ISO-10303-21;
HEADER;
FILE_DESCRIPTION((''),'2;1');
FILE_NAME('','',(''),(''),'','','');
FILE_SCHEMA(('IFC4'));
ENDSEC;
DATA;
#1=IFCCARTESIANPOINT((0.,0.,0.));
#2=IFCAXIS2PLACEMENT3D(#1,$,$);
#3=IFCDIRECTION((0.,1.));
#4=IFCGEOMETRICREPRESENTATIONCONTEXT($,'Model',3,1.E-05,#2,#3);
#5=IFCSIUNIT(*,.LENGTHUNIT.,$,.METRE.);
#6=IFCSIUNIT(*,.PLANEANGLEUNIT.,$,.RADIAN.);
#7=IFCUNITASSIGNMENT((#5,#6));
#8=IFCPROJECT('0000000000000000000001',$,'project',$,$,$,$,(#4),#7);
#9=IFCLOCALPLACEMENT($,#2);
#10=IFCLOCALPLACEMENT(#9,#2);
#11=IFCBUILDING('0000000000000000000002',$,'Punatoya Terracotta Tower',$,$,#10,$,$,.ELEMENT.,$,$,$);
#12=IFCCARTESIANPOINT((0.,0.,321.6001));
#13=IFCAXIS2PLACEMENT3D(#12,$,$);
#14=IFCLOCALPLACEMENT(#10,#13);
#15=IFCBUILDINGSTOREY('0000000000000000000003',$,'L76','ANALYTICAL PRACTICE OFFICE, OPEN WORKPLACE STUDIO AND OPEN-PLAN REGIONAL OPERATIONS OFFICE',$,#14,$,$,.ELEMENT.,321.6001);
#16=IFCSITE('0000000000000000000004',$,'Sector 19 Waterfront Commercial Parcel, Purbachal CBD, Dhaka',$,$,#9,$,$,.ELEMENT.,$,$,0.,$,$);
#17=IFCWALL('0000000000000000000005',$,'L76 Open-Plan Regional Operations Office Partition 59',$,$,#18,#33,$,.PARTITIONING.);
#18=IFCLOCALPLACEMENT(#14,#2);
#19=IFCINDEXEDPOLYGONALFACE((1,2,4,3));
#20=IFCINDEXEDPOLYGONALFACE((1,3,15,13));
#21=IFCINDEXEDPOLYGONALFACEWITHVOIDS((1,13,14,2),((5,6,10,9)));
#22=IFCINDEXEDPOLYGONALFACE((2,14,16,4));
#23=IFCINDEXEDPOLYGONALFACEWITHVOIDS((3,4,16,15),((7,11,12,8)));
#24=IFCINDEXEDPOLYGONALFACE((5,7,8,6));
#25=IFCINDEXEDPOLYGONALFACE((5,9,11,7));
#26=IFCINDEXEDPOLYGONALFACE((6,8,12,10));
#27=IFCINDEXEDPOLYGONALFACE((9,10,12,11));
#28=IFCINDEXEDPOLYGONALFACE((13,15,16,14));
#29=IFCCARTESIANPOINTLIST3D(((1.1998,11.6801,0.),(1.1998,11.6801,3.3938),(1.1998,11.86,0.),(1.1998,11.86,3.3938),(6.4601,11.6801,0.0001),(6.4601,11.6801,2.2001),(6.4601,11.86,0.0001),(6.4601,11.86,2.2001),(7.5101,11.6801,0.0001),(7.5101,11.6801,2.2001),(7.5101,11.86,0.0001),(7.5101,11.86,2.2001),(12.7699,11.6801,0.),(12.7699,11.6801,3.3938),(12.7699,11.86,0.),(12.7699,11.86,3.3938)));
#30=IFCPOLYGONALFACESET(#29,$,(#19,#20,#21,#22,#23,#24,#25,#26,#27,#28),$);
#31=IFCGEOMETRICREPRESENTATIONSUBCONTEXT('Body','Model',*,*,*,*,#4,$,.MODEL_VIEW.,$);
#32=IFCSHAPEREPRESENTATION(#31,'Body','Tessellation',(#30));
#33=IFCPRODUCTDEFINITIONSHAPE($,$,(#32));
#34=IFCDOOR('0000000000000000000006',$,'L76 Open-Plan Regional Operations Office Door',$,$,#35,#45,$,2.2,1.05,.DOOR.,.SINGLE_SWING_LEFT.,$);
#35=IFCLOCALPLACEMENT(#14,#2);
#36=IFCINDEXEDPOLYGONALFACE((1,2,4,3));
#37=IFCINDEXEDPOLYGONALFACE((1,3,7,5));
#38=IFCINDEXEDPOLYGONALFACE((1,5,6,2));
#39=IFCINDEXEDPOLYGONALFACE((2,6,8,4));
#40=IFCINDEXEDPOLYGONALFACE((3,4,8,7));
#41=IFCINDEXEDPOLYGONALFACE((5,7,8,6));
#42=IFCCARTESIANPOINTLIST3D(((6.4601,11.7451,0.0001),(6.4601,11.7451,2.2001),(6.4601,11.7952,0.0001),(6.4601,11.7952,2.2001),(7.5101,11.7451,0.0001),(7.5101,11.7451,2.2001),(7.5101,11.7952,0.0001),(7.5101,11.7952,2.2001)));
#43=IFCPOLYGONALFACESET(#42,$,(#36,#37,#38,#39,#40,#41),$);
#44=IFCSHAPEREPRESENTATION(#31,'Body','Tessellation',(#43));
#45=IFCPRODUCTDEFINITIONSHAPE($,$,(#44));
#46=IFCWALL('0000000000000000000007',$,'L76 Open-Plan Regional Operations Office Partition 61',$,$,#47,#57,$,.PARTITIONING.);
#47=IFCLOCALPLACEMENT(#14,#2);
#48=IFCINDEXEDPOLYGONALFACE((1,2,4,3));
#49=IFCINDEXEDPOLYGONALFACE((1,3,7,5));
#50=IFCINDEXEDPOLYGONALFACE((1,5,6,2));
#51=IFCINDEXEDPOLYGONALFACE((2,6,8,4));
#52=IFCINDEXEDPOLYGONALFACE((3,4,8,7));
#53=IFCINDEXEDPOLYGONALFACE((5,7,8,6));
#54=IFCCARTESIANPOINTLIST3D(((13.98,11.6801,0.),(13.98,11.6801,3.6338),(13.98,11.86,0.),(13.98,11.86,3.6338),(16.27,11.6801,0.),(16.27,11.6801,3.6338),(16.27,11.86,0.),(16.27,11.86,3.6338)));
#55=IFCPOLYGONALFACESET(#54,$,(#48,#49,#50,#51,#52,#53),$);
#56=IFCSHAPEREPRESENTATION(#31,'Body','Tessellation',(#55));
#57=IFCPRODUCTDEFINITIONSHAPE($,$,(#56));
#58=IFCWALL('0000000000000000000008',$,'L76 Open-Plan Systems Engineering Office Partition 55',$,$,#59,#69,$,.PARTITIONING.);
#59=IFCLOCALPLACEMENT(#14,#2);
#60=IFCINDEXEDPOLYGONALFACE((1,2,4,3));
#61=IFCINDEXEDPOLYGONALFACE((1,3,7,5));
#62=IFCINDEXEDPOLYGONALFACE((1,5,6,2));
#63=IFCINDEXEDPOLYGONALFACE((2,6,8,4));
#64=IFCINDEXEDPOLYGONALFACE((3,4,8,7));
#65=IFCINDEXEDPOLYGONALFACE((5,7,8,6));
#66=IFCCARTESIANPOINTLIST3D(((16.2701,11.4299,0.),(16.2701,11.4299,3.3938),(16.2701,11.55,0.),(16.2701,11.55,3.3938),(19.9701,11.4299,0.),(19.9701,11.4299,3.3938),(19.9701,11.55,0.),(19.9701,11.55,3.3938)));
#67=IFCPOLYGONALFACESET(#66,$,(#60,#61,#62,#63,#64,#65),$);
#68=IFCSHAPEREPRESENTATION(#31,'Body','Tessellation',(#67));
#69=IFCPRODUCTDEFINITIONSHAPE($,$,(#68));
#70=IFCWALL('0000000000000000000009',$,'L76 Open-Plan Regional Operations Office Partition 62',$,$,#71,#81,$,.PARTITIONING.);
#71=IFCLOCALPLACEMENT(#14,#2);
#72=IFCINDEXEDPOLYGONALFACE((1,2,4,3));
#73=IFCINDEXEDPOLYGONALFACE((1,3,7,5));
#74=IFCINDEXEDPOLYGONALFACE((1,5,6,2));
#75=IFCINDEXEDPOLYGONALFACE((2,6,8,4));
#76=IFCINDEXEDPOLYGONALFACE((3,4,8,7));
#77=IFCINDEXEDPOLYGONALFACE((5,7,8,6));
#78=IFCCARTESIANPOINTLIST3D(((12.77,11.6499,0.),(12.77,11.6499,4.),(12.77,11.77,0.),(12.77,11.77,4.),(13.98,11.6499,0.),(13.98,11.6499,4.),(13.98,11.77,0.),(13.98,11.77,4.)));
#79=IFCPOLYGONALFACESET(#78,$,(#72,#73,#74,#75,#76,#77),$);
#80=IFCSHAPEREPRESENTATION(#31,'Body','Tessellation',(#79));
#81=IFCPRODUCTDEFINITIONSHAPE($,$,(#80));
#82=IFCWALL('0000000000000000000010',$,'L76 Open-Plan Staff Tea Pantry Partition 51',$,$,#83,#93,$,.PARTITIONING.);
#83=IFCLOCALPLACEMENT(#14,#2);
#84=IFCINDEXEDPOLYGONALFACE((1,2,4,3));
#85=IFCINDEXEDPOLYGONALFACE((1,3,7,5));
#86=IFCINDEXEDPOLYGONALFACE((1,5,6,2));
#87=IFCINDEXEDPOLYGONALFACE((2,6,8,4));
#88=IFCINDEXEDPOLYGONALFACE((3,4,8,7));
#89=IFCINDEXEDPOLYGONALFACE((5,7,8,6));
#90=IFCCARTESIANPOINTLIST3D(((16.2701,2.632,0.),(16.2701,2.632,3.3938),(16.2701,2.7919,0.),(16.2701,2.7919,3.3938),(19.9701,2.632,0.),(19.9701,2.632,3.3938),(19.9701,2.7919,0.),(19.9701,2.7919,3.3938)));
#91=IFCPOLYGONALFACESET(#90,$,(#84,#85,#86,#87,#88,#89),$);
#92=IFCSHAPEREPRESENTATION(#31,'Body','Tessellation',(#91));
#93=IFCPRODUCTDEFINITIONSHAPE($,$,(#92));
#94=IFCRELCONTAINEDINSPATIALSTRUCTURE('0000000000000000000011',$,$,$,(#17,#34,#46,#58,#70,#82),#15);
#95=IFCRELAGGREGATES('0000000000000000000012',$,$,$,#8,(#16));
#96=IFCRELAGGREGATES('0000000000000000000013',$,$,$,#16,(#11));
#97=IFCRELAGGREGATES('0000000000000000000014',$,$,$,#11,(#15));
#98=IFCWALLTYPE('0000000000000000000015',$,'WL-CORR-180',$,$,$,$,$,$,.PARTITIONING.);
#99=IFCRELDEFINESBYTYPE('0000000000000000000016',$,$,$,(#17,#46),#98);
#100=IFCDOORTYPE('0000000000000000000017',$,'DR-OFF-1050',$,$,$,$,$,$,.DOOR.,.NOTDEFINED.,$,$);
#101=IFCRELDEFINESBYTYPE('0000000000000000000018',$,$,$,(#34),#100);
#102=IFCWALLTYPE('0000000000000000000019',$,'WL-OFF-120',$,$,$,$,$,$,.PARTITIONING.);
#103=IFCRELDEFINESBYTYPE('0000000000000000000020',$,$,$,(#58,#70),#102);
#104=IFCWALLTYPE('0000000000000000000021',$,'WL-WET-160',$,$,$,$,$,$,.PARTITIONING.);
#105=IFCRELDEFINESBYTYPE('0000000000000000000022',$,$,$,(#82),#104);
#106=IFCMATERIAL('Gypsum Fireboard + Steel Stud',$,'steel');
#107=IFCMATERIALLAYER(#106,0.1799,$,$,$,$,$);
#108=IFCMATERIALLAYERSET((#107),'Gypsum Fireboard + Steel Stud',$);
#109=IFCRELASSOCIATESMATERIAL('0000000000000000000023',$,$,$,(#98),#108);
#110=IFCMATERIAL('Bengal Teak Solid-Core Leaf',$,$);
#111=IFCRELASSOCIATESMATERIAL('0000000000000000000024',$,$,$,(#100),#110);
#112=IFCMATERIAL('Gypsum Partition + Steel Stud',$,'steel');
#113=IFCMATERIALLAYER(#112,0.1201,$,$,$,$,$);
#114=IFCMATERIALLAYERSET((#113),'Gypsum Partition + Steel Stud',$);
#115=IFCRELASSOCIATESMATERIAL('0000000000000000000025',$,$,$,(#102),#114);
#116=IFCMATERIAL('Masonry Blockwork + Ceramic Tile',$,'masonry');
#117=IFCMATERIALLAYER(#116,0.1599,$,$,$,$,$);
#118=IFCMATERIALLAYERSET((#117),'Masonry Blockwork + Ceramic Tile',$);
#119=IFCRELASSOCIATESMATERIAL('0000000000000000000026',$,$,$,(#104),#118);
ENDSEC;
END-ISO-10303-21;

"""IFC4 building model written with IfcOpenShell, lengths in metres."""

from ifc_helpers import new_model, si_unit, direction, frame, frame_2d, origin, place, context, subcontext, project, spatial, rectangle, extrude, material, layer, layer_set, type_object, element, fill, save


model = new_model("IFC4")

# Units and contexts
model_context = context("Model", 3, precision=1e-05, world=origin(), true_north=direction((0.0, 1.0)))
body_context = subcontext(model_context, "Body", "Model", "MODEL_VIEW")
ifc_project = project(units=[si_unit("LENGTHUNIT", "METRE"), si_unit("PLANEANGLEUNIT", "RADIAN")], contexts=[model_context])

# Site, building, storey
site_placement = place(None, origin())
site = spatial("IfcSite", under=ifc_project, at=site_placement, Name="Sector 19 Waterfront Commercial Parcel, Purbachal CBD, Dhaka", CompositionType="ELEMENT", RefElevation=0.0)
building_placement = place(site_placement, origin())
building = spatial("IfcBuilding", under=site, at=building_placement, Name="Punatoya Terracotta Tower", CompositionType="ELEMENT")
storey_placement = place(building_placement, frame((0.0, 0.0, 321.6001)))
storey = spatial("IfcBuildingStorey", under=building, at=storey_placement, Name="L76", Description="ANALYTICAL PRACTICE OFFICE, OPEN WORKPLACE STUDIO AND OPEN-PLAN REGIONAL OPERATIONS OFFICE", CompositionType="ELEMENT", Elevation=321.6001)

# Wall, opening, door
ifc_material_1 = material(Name="Gypsum Fireboard + Steel Stud", Category="steel")
ifc_layer_1 = layer(ifc_material_1, 0.1799)
ifc_layer_set_1 = layer_set([ifc_layer_1], Name="Gypsum Fireboard + Steel Stud")
wall_type_1 = type_object("IfcWallType", Name="WL-CORR-180", PredefinedType="PARTITIONING", material=ifc_layer_set_1)
ifc_material_2 = material(Name="Bengal Teak Solid-Core Leaf")
door_type = type_object("IfcDoorType", Name="DR-OFF-1050", OperationType="NOTDEFINED", PredefinedType="DOOR", material=ifc_material_2)
wall_1_placement = place(storey_placement, frame((12.77, 11.77, 0.0), z_axis=(0.0, 0.0, 1.0), x_axis=(-1.0, 0.0, 0.0)))
wall_1 = element("IfcWall", 1, at=wall_1_placement, inside=storey, type_object=wall_type_1, Name="L76 Open-Plan Regional Operations Office Partition 59", PredefinedType="PARTITIONING", context=body_context, shape_type="SweptSolid", body=[
    extrude(rectangle(XDim=11.5701, YDim=0.1799, at=frame_2d((5.7852, 0.0))), origin(), (0.0, 0.0, 1.0), 3.3938),
])
opening_1_placement = place(wall_1_placement, frame((5.26, 0.0, 0.0)))
opening_1 = element("IfcOpeningElement", 2, at=opening_1_placement, cuts=wall_1, PredefinedType="OPENING", context=body_context, shape_type="SweptSolid", body=[
    extrude(rectangle(XDim=1.05, YDim=2.2, at=frame_2d((0.5249, 1.1001))), frame((0.0, 0.0999, 0.0), z_axis=(0.0, -1.0, 0.0), x_axis=(1.0, 0.0, 0.0)), (0.0, 0.0, 1.0), 0.2),
])
door_1_placement = place(opening_1_placement, origin())
door_1 = element("IfcDoor", 3, at=door_1_placement, inside=storey, type_object=door_type, Name="L76 Open-Plan Regional Operations Office Door", OperationType="SINGLE_SWING_LEFT", OverallHeight=2.2, OverallWidth=1.05, PredefinedType="DOOR", context=body_context, shape_type="SweptSolid", body=[
    extrude(rectangle(XDim=1.05, YDim=2.2, at=frame_2d((0.5249, 1.1001))), frame((0.0, 0.0249, 0.0), z_axis=(0.0, -1.0, 0.0), x_axis=(1.0, 0.0, 0.0)), (0.0, 0.0, 1.0), 0.05),
])
fill(opening_1, door_1)

# Walls
wall_2_placement = place(storey_placement, frame((16.27, 11.77, 0.0), z_axis=(0.0, 0.0, 1.0), x_axis=(-1.0, 0.0, 0.0)))
element("IfcWall", 4, at=wall_2_placement, inside=storey, type_object=wall_type_1, Name="L76 Open-Plan Regional Operations Office Partition 61", PredefinedType="PARTITIONING", context=body_context, shape_type="SweptSolid", body=[
    extrude(rectangle(XDim=2.29, YDim=0.1799, at=frame_2d((1.145, 0.0))), origin(), (0.0, 0.0, 1.0), 3.6338),
])
ifc_material_3 = material(Name="Gypsum Partition + Steel Stud", Category="steel")
ifc_layer_2 = layer(ifc_material_3, 0.1201)
ifc_layer_set_2 = layer_set([ifc_layer_2], Name="Gypsum Partition + Steel Stud")
wall_type_2 = type_object("IfcWallType", Name="WL-OFF-120", PredefinedType="PARTITIONING", material=ifc_layer_set_2)
wall_3_placement = place(storey_placement, frame((16.27, 11.49, 0.0), z_axis=(0.0, 0.0, 1.0), x_axis=(1.0, 0.0, 0.0)))
element("IfcWall", 5, at=wall_3_placement, inside=storey, type_object=wall_type_2, Name="L76 Open-Plan Systems Engineering Office Partition 55", PredefinedType="PARTITIONING", context=body_context, shape_type="SweptSolid", body=[
    extrude(rectangle(XDim=3.7, YDim=0.1201, at=frame_2d((1.8501, 0.0))), origin(), (0.0, 0.0, 1.0), 3.3938),
])
wall_4_placement = place(storey_placement, frame((13.98, 11.71, 0.0), z_axis=(0.0, 0.0, 1.0), x_axis=(-1.0, 0.0, 0.0)))
element("IfcWall", 6, at=wall_4_placement, inside=storey, type_object=wall_type_2, Name="L76 Open-Plan Regional Operations Office Partition 62", PredefinedType="PARTITIONING", context=body_context, shape_type="SweptSolid", body=[
    extrude(rectangle(XDim=1.21, YDim=0.1201, at=frame_2d((0.605, 0.0))), origin(), (0.0, 0.0, 1.0), 4.0),
])
ifc_material_4 = material(Name="Masonry Blockwork + Ceramic Tile", Category="masonry")
ifc_layer_3 = layer(ifc_material_4, 0.1599)
ifc_layer_set_3 = layer_set([ifc_layer_3], Name="Masonry Blockwork + Ceramic Tile")
wall_type_3 = type_object("IfcWallType", Name="WL-WET-160", PredefinedType="PARTITIONING", material=ifc_layer_set_3)
wall_5_placement = place(storey_placement, frame((16.27, 2.7119, 0.0), z_axis=(0.0, 0.0, 1.0), x_axis=(1.0, 0.0, 0.0)))
element("IfcWall", 7, at=wall_5_placement, inside=storey, type_object=wall_type_3, Name="L76 Open-Plan Staff Tea Pantry Partition 51", PredefinedType="PARTITIONING", context=body_context, shape_type="SweptSolid", body=[
    extrude(rectangle(XDim=3.7, YDim=0.1599, at=frame_2d((1.8501, 0.0))), origin(), (0.0, 0.0, 1.0), 3.3938),
])

save(model, "model.ifc")
